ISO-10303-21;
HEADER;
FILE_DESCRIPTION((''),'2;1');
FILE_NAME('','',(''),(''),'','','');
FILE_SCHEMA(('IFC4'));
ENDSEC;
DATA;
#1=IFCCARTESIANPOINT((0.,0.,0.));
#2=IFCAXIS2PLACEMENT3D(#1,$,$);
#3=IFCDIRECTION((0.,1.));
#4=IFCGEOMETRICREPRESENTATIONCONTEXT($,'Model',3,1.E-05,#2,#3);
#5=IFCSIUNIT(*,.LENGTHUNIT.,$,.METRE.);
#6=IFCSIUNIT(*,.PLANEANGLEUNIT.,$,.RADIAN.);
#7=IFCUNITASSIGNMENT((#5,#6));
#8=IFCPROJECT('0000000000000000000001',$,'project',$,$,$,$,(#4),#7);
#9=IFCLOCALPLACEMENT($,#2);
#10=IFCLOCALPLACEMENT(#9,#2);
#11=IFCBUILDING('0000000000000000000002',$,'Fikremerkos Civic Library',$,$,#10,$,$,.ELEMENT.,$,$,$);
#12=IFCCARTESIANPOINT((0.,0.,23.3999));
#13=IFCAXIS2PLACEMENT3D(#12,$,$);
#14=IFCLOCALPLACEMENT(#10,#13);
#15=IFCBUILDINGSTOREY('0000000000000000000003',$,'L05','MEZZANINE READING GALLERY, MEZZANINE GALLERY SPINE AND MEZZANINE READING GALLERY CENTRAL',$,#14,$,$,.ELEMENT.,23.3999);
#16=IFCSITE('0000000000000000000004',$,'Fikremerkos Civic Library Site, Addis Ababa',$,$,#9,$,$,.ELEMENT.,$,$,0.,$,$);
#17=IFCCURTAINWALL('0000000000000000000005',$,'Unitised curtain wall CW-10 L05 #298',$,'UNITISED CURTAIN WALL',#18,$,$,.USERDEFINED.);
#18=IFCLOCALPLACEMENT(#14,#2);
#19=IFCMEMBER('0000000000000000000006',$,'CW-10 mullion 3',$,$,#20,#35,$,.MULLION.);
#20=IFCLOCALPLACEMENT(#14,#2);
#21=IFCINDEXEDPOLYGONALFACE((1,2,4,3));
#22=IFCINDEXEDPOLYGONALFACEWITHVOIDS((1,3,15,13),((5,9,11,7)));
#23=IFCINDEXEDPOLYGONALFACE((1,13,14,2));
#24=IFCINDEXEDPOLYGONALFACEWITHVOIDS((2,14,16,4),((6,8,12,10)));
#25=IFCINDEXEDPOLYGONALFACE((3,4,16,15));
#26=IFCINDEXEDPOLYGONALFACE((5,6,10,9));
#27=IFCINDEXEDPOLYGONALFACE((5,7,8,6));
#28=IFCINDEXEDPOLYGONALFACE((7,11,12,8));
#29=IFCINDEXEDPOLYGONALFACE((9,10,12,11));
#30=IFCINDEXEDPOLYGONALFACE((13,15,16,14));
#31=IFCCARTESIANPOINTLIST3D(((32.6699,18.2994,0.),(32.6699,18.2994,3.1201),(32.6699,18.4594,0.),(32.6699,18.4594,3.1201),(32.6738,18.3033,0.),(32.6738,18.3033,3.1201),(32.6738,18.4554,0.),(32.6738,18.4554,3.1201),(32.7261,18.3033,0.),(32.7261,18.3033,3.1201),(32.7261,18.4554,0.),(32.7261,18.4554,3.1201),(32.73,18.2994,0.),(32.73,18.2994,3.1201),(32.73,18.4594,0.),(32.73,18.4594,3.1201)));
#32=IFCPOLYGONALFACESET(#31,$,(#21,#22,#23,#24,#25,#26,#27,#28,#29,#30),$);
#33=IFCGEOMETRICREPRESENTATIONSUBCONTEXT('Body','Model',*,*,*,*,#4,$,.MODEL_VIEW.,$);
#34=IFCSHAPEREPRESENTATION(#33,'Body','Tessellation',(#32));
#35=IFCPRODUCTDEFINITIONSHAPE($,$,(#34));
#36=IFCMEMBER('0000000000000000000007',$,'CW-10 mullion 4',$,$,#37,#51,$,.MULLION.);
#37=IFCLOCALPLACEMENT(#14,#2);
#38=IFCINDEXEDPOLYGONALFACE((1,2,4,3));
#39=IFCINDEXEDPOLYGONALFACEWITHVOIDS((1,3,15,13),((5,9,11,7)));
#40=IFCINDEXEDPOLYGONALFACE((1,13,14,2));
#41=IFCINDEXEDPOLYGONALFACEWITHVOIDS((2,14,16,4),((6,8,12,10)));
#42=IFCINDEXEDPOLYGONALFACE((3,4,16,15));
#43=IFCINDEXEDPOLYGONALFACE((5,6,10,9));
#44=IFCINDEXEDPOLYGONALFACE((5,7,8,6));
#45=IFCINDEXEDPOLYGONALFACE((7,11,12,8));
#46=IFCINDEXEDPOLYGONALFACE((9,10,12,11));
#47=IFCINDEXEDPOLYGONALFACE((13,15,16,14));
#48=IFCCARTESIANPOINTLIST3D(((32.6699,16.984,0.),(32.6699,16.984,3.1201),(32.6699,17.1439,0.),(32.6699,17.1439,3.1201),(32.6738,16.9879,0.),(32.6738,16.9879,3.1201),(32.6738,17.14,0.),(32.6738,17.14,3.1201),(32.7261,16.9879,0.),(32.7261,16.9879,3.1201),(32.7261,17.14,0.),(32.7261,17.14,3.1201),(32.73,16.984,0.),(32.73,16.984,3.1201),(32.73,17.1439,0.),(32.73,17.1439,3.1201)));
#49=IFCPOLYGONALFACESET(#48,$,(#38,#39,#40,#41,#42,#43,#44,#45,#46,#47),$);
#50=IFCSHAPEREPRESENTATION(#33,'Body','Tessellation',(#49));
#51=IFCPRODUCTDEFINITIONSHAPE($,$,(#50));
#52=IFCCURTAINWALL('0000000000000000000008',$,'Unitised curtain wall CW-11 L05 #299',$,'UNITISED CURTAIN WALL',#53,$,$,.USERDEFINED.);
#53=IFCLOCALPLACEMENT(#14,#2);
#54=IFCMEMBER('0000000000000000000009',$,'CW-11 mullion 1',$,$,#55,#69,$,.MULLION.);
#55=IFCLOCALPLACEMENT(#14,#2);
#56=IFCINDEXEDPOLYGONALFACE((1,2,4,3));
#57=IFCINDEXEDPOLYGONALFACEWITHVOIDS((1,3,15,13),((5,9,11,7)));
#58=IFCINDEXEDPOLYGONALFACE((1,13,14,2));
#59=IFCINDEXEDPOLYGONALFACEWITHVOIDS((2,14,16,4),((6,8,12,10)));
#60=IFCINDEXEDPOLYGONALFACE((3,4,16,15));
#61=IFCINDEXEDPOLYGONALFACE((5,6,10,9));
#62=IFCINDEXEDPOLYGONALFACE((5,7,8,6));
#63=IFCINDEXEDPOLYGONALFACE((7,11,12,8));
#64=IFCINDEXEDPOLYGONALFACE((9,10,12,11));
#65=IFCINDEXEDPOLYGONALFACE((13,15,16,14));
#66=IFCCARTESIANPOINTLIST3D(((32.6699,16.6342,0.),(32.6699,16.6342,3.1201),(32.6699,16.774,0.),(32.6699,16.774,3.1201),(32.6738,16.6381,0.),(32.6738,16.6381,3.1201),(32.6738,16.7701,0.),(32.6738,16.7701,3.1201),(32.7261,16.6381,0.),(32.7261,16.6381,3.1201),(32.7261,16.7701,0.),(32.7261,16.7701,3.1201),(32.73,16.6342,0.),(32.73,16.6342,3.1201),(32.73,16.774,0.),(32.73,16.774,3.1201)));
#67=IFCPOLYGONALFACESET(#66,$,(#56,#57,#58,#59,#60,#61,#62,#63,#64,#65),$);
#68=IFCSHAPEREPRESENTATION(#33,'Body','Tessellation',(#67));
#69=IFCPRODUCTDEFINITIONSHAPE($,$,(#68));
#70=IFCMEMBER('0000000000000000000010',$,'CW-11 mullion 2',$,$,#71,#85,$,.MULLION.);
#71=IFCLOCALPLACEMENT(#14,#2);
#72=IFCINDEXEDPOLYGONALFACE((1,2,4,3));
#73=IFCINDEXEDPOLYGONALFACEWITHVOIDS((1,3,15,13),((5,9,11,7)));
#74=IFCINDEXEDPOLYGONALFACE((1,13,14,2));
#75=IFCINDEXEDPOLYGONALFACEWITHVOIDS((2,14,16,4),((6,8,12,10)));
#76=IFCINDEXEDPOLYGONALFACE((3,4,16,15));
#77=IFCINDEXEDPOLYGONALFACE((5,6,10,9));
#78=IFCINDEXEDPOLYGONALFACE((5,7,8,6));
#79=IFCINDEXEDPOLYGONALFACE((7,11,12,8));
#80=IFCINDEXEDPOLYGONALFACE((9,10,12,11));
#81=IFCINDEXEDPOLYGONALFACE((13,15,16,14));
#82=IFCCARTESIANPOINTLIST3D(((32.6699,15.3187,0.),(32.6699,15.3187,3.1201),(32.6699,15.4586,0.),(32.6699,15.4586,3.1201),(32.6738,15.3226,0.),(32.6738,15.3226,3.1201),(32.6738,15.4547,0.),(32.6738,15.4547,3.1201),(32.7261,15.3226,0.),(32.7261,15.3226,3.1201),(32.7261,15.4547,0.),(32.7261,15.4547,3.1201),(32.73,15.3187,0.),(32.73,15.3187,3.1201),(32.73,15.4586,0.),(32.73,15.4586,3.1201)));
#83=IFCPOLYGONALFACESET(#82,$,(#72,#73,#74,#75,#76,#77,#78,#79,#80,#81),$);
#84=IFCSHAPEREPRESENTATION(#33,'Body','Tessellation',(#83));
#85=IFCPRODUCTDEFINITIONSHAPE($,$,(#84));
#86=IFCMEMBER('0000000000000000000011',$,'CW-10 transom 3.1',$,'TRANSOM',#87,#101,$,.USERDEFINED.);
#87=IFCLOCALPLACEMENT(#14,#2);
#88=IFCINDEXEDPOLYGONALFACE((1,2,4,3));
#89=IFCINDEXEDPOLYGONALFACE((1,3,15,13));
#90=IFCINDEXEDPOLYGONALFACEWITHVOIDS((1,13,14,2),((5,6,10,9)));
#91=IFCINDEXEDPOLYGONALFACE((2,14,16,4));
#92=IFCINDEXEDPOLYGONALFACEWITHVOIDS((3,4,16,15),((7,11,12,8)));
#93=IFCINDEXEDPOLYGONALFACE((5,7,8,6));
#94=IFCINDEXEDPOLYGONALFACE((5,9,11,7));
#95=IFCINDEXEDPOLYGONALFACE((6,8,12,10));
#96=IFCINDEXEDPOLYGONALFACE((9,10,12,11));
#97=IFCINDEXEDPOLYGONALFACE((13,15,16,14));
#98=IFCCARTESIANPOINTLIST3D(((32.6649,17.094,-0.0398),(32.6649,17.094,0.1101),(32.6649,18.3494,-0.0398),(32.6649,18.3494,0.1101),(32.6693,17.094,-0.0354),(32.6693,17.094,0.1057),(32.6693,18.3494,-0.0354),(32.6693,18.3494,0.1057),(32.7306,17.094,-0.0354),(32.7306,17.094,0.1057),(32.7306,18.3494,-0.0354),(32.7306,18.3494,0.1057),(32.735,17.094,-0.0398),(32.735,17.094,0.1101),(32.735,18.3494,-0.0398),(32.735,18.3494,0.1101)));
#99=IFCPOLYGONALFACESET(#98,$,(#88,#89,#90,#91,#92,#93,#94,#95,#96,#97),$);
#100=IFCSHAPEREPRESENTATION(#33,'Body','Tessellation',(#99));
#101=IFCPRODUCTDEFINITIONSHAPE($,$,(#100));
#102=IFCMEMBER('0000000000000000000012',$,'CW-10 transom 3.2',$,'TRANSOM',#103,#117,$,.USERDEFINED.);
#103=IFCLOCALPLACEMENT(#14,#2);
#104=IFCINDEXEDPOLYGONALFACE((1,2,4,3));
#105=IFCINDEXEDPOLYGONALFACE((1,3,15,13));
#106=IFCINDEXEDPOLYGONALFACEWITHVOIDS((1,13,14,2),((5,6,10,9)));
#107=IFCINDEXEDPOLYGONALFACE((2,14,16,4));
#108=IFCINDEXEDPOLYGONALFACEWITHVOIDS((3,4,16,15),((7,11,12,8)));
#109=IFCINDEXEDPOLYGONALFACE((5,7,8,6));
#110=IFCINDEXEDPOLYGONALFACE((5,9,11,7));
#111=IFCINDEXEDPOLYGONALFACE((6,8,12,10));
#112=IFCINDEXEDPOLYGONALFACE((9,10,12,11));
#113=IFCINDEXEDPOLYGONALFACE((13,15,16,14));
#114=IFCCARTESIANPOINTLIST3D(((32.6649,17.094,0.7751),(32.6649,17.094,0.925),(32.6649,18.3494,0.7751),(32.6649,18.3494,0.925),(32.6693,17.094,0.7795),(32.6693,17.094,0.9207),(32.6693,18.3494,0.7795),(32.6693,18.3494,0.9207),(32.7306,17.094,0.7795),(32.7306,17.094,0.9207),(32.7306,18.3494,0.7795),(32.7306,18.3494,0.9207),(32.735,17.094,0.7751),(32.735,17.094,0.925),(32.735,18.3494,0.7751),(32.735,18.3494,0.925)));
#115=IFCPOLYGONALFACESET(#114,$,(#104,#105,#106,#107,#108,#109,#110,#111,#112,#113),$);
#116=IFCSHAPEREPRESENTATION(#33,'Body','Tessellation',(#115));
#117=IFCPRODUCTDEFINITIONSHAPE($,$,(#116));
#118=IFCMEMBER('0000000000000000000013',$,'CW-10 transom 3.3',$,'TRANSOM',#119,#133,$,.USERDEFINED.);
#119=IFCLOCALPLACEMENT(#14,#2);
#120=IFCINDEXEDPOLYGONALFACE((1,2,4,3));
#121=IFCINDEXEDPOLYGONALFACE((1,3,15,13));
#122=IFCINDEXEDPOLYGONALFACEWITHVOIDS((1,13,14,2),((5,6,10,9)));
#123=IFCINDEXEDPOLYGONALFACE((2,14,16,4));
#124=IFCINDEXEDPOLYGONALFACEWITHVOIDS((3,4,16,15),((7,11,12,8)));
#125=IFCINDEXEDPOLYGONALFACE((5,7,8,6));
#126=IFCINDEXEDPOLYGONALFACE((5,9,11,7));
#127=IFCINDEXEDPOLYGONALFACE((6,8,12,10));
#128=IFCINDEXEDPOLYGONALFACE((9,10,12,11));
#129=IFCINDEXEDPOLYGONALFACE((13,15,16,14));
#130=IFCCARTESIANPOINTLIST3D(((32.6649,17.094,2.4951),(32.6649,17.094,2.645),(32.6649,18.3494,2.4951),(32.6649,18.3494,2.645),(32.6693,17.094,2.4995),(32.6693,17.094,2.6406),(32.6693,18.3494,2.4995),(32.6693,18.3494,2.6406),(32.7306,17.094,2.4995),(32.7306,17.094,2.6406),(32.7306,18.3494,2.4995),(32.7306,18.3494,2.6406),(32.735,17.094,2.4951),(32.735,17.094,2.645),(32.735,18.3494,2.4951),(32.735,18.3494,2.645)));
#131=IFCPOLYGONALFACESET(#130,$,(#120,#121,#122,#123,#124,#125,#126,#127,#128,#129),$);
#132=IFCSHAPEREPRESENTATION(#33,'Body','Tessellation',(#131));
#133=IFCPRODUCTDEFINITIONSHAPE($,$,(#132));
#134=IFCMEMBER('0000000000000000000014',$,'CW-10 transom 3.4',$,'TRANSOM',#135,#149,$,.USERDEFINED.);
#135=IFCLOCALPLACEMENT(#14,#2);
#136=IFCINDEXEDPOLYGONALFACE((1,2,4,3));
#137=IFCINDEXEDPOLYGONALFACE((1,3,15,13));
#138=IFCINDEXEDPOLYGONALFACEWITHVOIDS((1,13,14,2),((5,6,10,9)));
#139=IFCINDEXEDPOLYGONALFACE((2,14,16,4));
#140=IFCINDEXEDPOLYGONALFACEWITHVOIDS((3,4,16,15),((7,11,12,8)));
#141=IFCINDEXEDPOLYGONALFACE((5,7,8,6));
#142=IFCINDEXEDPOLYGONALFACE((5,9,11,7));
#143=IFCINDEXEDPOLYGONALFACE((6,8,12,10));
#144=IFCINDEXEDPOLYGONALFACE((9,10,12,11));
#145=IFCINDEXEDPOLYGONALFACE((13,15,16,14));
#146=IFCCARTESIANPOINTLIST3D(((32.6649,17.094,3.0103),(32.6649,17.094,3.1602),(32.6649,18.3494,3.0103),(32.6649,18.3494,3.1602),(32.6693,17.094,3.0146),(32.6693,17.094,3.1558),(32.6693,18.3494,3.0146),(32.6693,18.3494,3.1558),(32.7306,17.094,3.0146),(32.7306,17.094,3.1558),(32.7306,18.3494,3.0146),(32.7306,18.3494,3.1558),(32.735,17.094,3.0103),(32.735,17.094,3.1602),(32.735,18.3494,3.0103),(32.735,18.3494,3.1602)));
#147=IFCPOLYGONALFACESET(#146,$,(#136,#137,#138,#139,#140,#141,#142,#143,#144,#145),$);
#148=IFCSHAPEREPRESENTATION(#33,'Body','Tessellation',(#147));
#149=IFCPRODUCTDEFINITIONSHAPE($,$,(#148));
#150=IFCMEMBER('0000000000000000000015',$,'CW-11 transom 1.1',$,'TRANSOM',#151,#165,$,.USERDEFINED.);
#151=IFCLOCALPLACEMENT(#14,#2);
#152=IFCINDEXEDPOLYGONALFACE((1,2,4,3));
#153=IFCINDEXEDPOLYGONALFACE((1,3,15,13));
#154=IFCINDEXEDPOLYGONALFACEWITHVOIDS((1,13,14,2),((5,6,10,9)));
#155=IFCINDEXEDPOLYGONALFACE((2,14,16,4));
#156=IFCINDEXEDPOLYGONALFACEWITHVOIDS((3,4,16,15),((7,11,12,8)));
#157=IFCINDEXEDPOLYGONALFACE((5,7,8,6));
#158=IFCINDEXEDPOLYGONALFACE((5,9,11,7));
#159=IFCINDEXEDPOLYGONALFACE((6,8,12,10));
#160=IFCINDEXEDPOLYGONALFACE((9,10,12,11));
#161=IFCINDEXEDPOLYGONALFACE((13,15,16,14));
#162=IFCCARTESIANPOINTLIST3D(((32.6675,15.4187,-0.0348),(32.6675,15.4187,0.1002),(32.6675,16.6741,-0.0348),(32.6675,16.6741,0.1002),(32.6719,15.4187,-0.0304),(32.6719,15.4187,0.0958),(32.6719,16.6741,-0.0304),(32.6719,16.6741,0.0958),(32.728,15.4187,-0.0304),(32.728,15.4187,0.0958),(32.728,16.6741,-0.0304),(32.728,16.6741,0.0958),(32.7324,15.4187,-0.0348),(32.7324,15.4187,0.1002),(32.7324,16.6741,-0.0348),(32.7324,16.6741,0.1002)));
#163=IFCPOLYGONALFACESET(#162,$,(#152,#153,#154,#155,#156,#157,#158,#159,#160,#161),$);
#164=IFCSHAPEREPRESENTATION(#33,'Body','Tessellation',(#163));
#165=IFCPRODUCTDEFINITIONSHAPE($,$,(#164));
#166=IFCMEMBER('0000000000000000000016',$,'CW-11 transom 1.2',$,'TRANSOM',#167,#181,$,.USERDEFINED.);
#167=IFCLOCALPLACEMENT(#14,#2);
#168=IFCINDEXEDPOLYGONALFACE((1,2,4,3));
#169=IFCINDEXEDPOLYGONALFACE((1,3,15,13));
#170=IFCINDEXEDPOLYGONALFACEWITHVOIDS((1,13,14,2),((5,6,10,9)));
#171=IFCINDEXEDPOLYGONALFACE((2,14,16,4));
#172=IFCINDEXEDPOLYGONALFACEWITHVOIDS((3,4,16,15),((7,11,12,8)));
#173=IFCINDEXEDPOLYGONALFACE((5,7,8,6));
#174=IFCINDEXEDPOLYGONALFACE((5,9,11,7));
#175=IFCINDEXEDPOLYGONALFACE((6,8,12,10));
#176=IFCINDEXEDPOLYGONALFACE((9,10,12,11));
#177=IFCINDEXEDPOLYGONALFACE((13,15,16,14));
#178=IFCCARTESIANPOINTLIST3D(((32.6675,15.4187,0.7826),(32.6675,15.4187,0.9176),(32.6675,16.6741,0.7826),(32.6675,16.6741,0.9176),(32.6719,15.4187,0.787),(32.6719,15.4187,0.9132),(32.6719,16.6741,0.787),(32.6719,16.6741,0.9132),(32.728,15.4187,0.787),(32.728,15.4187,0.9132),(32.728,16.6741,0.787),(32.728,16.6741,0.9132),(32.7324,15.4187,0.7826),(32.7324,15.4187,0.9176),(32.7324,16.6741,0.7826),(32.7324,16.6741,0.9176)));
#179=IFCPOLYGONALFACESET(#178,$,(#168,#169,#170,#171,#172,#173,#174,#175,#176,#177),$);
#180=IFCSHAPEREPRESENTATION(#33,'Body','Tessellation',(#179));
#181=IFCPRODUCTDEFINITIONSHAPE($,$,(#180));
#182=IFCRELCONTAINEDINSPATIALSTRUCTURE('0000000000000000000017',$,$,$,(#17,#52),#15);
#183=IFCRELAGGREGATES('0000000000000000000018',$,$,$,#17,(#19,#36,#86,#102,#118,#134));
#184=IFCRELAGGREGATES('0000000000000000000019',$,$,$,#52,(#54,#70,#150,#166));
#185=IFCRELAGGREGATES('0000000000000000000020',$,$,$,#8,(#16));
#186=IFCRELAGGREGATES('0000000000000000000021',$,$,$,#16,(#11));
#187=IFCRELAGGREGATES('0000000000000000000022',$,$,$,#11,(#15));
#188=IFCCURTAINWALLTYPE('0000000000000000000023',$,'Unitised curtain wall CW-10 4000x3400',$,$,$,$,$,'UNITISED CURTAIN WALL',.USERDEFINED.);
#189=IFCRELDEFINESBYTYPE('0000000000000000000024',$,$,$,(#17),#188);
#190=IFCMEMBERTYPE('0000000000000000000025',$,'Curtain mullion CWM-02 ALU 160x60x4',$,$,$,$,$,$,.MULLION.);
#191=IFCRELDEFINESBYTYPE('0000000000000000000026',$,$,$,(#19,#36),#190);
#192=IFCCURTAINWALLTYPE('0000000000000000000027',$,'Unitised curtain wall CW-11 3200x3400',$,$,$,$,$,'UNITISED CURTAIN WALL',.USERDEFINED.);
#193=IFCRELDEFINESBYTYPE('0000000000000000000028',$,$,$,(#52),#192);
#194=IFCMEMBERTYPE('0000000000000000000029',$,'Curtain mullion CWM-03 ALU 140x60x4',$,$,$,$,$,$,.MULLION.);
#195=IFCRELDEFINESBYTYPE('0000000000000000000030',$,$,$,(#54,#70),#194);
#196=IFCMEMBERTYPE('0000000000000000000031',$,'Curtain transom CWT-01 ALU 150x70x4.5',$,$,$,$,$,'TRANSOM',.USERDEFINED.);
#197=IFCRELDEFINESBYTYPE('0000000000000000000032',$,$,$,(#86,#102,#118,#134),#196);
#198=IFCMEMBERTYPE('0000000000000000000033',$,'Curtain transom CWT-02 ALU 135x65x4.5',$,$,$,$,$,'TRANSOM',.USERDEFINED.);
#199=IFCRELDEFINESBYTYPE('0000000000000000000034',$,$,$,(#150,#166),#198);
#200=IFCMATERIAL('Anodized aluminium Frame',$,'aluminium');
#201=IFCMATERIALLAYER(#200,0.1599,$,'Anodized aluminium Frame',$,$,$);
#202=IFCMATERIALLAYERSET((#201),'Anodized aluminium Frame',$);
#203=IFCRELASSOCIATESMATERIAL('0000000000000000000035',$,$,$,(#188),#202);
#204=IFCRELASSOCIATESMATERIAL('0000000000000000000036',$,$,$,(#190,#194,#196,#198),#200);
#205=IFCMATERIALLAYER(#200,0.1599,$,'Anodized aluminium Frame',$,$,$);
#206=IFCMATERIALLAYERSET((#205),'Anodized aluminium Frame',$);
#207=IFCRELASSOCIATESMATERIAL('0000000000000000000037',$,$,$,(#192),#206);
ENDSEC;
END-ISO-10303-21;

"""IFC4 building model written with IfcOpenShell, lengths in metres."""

from ifc_helpers import new_model, si_unit, direction, frame, origin, origin_2d, place, context, subcontext, project, spatial, hollow_rectangle, extrude, material, layer, layer_set, material_profile, profile_set, type_object, element, aggregate, save


model = new_model("IFC4")

# Units and contexts
model_context = context("Model", 3, precision=1e-05, world=origin(), true_north=direction((0.0, 1.0)))
body_context = subcontext(model_context, "Body", "Model", "MODEL_VIEW")
ifc_project = project(units=[si_unit("LENGTHUNIT", "METRE"), si_unit("PLANEANGLEUNIT", "RADIAN")], contexts=[model_context])

# Site, building, storey
site_placement = place(None, origin())
site = spatial("IfcSite", under=ifc_project, at=site_placement, Name="Fikremerkos Civic Library Site, Addis Ababa", CompositionType="ELEMENT", RefElevation=0.0)
building_placement = place(site_placement, origin())
building = spatial("IfcBuilding", under=site, at=building_placement, Name="Fikremerkos Civic Library", CompositionType="ELEMENT")
storey_placement = place(building_placement, frame((0.0, 0.0, 23.3999)))
storey = spatial("IfcBuildingStorey", under=building, at=storey_placement, Name="L05", Description="MEZZANINE READING GALLERY, MEZZANINE GALLERY SPINE AND MEZZANINE READING GALLERY CENTRAL", CompositionType="ELEMENT", Elevation=23.3999)

# Curtain walls, members
ifc_material_1 = material(Name="Anodized aluminium Frame", Category="aluminium")
ifc_layer_1 = layer(ifc_material_1, 0.1599, Name="Anodized aluminium Frame")
ifc_layer_set_1 = layer_set([ifc_layer_1], Name="Anodized aluminium Frame")
curtain_wall_type_1 = type_object("IfcCurtainWallType", Name="Unitised curtain wall CW-10 4000x3400", ElementType="UNITISED CURTAIN WALL", PredefinedType="USERDEFINED", material=ifc_layer_set_1)
curtain_wall_1_placement = place(storey_placement, origin())
curtain_wall_1 = element("IfcCurtainWall", 1, at=curtain_wall_1_placement, inside=storey, type_object=curtain_wall_type_1, Name="Unitised curtain wall CW-10 L05 #298", ObjectType="UNITISED CURTAIN WALL", PredefinedType="USERDEFINED")
ifc_material_profile_1 = material_profile(ifc_material_1, hollow_rectangle(XDim=0.0601, YDim=0.1599, WallThickness=0.0039, at=origin_2d()), Name="ALU 160x60x4")
ifc_profile_set_1 = profile_set([ifc_material_profile_1], Name="Anodized aluminium Frame")
member_type_1 = type_object("IfcMemberType", Name="Curtain mullion CWM-02 ALU 160x60x4", PredefinedType="MULLION", material=ifc_profile_set_1)
member_1_placement = place(storey_placement, frame((32.7, 18.3794, 0.0), z_axis=(0.0, 0.0, 1.0), x_axis=(1.0, 0.0, 0.0)))
member_1 = element("IfcMember", 2, at=member_1_placement, type_object=member_type_1, Name="CW-10 mullion 3", PredefinedType="MULLION", context=body_context, shape_type="SweptSolid", body=[
    extrude(hollow_rectangle(XDim=0.0601, YDim=0.1599, WallThickness=0.0039, at=origin_2d()), origin(), (0.0, 0.0, 1.0), 3.1201),
])
member_2_placement = place(storey_placement, frame((32.7, 17.064, 0.0), z_axis=(0.0, 0.0, 1.0), x_axis=(1.0, 0.0, 0.0)))
member_2 = element("IfcMember", 3, at=member_2_placement, type_object=member_type_1, Name="CW-10 mullion 4", PredefinedType="MULLION", context=body_context, shape_type="SweptSolid", body=[
    extrude(hollow_rectangle(XDim=0.0601, YDim=0.1599, WallThickness=0.0039, at=origin_2d()), origin(), (0.0, 0.0, 1.0), 3.1201),
])
ifc_layer_2 = layer(ifc_material_1, 0.1599, Name="Anodized aluminium Frame")
ifc_layer_set_2 = layer_set([ifc_layer_2], Name="Anodized aluminium Frame")
curtain_wall_type_2 = type_object("IfcCurtainWallType", Name="Unitised curtain wall CW-11 3200x3400", ElementType="UNITISED CURTAIN WALL", PredefinedType="USERDEFINED", material=ifc_layer_set_2)
curtain_wall_2_placement = place(storey_placement, origin())
curtain_wall_2 = element("IfcCurtainWall", 4, at=curtain_wall_2_placement, inside=storey, type_object=curtain_wall_type_2, Name="Unitised curtain wall CW-11 L05 #299", ObjectType="UNITISED CURTAIN WALL", PredefinedType="USERDEFINED")
ifc_material_profile_2 = material_profile(ifc_material_1, hollow_rectangle(XDim=0.0601, YDim=0.1399, WallThickness=0.0039, at=origin_2d()), Name="ALU 140x60x4")
ifc_profile_set_2 = profile_set([ifc_material_profile_2], Name="Anodized aluminium Frame")
member_type_2 = type_object("IfcMemberType", Name="Curtain mullion CWM-03 ALU 140x60x4", PredefinedType="MULLION", material=ifc_profile_set_2)
member_3_placement = place(storey_placement, frame((32.7, 16.7041, 0.0), z_axis=(0.0, 0.0, 1.0), x_axis=(1.0, 0.0, 0.0)))
member_3 = element("IfcMember", 5, at=member_3_placement, type_object=member_type_2, Name="CW-11 mullion 1", PredefinedType="MULLION", context=body_context, shape_type="SweptSolid", body=[
    extrude(hollow_rectangle(XDim=0.0601, YDim=0.1399, WallThickness=0.0039, at=origin_2d()), origin(), (0.0, 0.0, 1.0), 3.1201),
])
member_4_placement = place(storey_placement, frame((32.7, 15.3887, 0.0), z_axis=(0.0, 0.0, 1.0), x_axis=(1.0, 0.0, 0.0)))
member_4 = element("IfcMember", 6, at=member_4_placement, type_object=member_type_2, Name="CW-11 mullion 2", PredefinedType="MULLION", context=body_context, shape_type="SweptSolid", body=[
    extrude(hollow_rectangle(XDim=0.0601, YDim=0.1399, WallThickness=0.0039, at=origin_2d()), origin(), (0.0, 0.0, 1.0), 3.1201),
])

# Members
ifc_material_profile_3 = material_profile(ifc_material_1, hollow_rectangle(XDim=0.0701, YDim=0.1499, WallThickness=0.0044, at=origin_2d()), Name="ALU 150x70x4.5")
ifc_profile_set_3 = profile_set([ifc_material_profile_3], Name="Anodized aluminium Frame")
member_type_3 = type_object("IfcMemberType", Name="Curtain transom CWT-01 ALU 150x70x4.5", ElementType="TRANSOM", PredefinedType="USERDEFINED", material=ifc_profile_set_3)
member_5_placement = place(storey_placement, frame((32.7, 18.3494, 0.0352), z_axis=(0.0, -1.0, 0.0), x_axis=(1.0, 0.0, 0.0)))
member_5 = element("IfcMember", 7, at=member_5_placement, type_object=member_type_3, Name="CW-10 transom 3.1", ObjectType="TRANSOM", PredefinedType="USERDEFINED", context=body_context, shape_type="SweptSolid", body=[
    extrude(hollow_rectangle(XDim=0.0701, YDim=0.1499, WallThickness=0.0044, at=origin_2d()), origin(), (0.0, 0.0, 1.0), 1.2554),
])
member_6_placement = place(storey_placement, frame((32.7, 18.3494, 0.8501), z_axis=(0.0, -1.0, 0.0), x_axis=(1.0, 0.0, 0.0)))
member_6 = element("IfcMember", 8, at=member_6_placement, type_object=member_type_3, Name="CW-10 transom 3.2", ObjectType="TRANSOM", PredefinedType="USERDEFINED", context=body_context, shape_type="SweptSolid", body=[
    extrude(hollow_rectangle(XDim=0.0701, YDim=0.1499, WallThickness=0.0044, at=origin_2d()), origin(), (0.0, 0.0, 1.0), 1.2554),
])
member_7_placement = place(storey_placement, frame((32.7, 18.3494, 2.5701), z_axis=(0.0, -1.0, 0.0), x_axis=(1.0, 0.0, 0.0)))
member_7 = element("IfcMember", 9, at=member_7_placement, type_object=member_type_3, Name="CW-10 transom 3.3", ObjectType="TRANSOM", PredefinedType="USERDEFINED", context=body_context, shape_type="SweptSolid", body=[
    extrude(hollow_rectangle(XDim=0.0701, YDim=0.1499, WallThickness=0.0044, at=origin_2d()), origin(), (0.0, 0.0, 1.0), 1.2554),
])
member_8_placement = place(storey_placement, frame((32.7, 18.3494, 3.0852), z_axis=(0.0, -1.0, 0.0), x_axis=(1.0, 0.0, 0.0)))
member_8 = element("IfcMember", 10, at=member_8_placement, type_object=member_type_3, Name="CW-10 transom 3.4", ObjectType="TRANSOM", PredefinedType="USERDEFINED", context=body_context, shape_type="SweptSolid", body=[
    extrude(hollow_rectangle(XDim=0.0701, YDim=0.1499, WallThickness=0.0044, at=origin_2d()), origin(), (0.0, 0.0, 1.0), 1.2554),
])
ifc_material_profile_4 = material_profile(ifc_material_1, hollow_rectangle(XDim=0.0649, YDim=0.135, WallThickness=0.0044, at=origin_2d()), Name="ALU 135x65x4.5")
ifc_profile_set_4 = profile_set([ifc_material_profile_4], Name="Anodized aluminium Frame")
member_type_4 = type_object("IfcMemberType", Name="Curtain transom CWT-02 ALU 135x65x4.5", ElementType="TRANSOM", PredefinedType="USERDEFINED", material=ifc_profile_set_4)
member_9_placement = place(storey_placement, frame((32.7, 16.6741, 0.0327), z_axis=(0.0, -1.0, 0.0), x_axis=(1.0, 0.0, 0.0)))
member_9 = element("IfcMember", 11, at=member_9_placement, type_object=member_type_4, Name="CW-11 transom 1.1", ObjectType="TRANSOM", PredefinedType="USERDEFINED", context=body_context, shape_type="SweptSolid", body=[
    extrude(hollow_rectangle(XDim=0.0649, YDim=0.135, WallThickness=0.0044, at=origin_2d()), origin(), (0.0, 0.0, 1.0), 1.2554),
])
member_10_placement = place(storey_placement, frame((32.7, 16.6741, 0.8501), z_axis=(0.0, -1.0, 0.0), x_axis=(1.0, 0.0, 0.0)))
member_10 = element("IfcMember", 12, at=member_10_placement, type_object=member_type_4, Name="CW-11 transom 1.2", ObjectType="TRANSOM", PredefinedType="USERDEFINED", context=body_context, shape_type="SweptSolid", body=[
    extrude(hollow_rectangle(XDim=0.0649, YDim=0.135, WallThickness=0.0044, at=origin_2d()), origin(), (0.0, 0.0, 1.0), 1.2554),
])

aggregate(curtain_wall_1, [member_1, member_2, member_5, member_6, member_7, member_8])
aggregate(curtain_wall_2, [member_3, member_4, member_9, member_10])

save(model, "model.ifc")
